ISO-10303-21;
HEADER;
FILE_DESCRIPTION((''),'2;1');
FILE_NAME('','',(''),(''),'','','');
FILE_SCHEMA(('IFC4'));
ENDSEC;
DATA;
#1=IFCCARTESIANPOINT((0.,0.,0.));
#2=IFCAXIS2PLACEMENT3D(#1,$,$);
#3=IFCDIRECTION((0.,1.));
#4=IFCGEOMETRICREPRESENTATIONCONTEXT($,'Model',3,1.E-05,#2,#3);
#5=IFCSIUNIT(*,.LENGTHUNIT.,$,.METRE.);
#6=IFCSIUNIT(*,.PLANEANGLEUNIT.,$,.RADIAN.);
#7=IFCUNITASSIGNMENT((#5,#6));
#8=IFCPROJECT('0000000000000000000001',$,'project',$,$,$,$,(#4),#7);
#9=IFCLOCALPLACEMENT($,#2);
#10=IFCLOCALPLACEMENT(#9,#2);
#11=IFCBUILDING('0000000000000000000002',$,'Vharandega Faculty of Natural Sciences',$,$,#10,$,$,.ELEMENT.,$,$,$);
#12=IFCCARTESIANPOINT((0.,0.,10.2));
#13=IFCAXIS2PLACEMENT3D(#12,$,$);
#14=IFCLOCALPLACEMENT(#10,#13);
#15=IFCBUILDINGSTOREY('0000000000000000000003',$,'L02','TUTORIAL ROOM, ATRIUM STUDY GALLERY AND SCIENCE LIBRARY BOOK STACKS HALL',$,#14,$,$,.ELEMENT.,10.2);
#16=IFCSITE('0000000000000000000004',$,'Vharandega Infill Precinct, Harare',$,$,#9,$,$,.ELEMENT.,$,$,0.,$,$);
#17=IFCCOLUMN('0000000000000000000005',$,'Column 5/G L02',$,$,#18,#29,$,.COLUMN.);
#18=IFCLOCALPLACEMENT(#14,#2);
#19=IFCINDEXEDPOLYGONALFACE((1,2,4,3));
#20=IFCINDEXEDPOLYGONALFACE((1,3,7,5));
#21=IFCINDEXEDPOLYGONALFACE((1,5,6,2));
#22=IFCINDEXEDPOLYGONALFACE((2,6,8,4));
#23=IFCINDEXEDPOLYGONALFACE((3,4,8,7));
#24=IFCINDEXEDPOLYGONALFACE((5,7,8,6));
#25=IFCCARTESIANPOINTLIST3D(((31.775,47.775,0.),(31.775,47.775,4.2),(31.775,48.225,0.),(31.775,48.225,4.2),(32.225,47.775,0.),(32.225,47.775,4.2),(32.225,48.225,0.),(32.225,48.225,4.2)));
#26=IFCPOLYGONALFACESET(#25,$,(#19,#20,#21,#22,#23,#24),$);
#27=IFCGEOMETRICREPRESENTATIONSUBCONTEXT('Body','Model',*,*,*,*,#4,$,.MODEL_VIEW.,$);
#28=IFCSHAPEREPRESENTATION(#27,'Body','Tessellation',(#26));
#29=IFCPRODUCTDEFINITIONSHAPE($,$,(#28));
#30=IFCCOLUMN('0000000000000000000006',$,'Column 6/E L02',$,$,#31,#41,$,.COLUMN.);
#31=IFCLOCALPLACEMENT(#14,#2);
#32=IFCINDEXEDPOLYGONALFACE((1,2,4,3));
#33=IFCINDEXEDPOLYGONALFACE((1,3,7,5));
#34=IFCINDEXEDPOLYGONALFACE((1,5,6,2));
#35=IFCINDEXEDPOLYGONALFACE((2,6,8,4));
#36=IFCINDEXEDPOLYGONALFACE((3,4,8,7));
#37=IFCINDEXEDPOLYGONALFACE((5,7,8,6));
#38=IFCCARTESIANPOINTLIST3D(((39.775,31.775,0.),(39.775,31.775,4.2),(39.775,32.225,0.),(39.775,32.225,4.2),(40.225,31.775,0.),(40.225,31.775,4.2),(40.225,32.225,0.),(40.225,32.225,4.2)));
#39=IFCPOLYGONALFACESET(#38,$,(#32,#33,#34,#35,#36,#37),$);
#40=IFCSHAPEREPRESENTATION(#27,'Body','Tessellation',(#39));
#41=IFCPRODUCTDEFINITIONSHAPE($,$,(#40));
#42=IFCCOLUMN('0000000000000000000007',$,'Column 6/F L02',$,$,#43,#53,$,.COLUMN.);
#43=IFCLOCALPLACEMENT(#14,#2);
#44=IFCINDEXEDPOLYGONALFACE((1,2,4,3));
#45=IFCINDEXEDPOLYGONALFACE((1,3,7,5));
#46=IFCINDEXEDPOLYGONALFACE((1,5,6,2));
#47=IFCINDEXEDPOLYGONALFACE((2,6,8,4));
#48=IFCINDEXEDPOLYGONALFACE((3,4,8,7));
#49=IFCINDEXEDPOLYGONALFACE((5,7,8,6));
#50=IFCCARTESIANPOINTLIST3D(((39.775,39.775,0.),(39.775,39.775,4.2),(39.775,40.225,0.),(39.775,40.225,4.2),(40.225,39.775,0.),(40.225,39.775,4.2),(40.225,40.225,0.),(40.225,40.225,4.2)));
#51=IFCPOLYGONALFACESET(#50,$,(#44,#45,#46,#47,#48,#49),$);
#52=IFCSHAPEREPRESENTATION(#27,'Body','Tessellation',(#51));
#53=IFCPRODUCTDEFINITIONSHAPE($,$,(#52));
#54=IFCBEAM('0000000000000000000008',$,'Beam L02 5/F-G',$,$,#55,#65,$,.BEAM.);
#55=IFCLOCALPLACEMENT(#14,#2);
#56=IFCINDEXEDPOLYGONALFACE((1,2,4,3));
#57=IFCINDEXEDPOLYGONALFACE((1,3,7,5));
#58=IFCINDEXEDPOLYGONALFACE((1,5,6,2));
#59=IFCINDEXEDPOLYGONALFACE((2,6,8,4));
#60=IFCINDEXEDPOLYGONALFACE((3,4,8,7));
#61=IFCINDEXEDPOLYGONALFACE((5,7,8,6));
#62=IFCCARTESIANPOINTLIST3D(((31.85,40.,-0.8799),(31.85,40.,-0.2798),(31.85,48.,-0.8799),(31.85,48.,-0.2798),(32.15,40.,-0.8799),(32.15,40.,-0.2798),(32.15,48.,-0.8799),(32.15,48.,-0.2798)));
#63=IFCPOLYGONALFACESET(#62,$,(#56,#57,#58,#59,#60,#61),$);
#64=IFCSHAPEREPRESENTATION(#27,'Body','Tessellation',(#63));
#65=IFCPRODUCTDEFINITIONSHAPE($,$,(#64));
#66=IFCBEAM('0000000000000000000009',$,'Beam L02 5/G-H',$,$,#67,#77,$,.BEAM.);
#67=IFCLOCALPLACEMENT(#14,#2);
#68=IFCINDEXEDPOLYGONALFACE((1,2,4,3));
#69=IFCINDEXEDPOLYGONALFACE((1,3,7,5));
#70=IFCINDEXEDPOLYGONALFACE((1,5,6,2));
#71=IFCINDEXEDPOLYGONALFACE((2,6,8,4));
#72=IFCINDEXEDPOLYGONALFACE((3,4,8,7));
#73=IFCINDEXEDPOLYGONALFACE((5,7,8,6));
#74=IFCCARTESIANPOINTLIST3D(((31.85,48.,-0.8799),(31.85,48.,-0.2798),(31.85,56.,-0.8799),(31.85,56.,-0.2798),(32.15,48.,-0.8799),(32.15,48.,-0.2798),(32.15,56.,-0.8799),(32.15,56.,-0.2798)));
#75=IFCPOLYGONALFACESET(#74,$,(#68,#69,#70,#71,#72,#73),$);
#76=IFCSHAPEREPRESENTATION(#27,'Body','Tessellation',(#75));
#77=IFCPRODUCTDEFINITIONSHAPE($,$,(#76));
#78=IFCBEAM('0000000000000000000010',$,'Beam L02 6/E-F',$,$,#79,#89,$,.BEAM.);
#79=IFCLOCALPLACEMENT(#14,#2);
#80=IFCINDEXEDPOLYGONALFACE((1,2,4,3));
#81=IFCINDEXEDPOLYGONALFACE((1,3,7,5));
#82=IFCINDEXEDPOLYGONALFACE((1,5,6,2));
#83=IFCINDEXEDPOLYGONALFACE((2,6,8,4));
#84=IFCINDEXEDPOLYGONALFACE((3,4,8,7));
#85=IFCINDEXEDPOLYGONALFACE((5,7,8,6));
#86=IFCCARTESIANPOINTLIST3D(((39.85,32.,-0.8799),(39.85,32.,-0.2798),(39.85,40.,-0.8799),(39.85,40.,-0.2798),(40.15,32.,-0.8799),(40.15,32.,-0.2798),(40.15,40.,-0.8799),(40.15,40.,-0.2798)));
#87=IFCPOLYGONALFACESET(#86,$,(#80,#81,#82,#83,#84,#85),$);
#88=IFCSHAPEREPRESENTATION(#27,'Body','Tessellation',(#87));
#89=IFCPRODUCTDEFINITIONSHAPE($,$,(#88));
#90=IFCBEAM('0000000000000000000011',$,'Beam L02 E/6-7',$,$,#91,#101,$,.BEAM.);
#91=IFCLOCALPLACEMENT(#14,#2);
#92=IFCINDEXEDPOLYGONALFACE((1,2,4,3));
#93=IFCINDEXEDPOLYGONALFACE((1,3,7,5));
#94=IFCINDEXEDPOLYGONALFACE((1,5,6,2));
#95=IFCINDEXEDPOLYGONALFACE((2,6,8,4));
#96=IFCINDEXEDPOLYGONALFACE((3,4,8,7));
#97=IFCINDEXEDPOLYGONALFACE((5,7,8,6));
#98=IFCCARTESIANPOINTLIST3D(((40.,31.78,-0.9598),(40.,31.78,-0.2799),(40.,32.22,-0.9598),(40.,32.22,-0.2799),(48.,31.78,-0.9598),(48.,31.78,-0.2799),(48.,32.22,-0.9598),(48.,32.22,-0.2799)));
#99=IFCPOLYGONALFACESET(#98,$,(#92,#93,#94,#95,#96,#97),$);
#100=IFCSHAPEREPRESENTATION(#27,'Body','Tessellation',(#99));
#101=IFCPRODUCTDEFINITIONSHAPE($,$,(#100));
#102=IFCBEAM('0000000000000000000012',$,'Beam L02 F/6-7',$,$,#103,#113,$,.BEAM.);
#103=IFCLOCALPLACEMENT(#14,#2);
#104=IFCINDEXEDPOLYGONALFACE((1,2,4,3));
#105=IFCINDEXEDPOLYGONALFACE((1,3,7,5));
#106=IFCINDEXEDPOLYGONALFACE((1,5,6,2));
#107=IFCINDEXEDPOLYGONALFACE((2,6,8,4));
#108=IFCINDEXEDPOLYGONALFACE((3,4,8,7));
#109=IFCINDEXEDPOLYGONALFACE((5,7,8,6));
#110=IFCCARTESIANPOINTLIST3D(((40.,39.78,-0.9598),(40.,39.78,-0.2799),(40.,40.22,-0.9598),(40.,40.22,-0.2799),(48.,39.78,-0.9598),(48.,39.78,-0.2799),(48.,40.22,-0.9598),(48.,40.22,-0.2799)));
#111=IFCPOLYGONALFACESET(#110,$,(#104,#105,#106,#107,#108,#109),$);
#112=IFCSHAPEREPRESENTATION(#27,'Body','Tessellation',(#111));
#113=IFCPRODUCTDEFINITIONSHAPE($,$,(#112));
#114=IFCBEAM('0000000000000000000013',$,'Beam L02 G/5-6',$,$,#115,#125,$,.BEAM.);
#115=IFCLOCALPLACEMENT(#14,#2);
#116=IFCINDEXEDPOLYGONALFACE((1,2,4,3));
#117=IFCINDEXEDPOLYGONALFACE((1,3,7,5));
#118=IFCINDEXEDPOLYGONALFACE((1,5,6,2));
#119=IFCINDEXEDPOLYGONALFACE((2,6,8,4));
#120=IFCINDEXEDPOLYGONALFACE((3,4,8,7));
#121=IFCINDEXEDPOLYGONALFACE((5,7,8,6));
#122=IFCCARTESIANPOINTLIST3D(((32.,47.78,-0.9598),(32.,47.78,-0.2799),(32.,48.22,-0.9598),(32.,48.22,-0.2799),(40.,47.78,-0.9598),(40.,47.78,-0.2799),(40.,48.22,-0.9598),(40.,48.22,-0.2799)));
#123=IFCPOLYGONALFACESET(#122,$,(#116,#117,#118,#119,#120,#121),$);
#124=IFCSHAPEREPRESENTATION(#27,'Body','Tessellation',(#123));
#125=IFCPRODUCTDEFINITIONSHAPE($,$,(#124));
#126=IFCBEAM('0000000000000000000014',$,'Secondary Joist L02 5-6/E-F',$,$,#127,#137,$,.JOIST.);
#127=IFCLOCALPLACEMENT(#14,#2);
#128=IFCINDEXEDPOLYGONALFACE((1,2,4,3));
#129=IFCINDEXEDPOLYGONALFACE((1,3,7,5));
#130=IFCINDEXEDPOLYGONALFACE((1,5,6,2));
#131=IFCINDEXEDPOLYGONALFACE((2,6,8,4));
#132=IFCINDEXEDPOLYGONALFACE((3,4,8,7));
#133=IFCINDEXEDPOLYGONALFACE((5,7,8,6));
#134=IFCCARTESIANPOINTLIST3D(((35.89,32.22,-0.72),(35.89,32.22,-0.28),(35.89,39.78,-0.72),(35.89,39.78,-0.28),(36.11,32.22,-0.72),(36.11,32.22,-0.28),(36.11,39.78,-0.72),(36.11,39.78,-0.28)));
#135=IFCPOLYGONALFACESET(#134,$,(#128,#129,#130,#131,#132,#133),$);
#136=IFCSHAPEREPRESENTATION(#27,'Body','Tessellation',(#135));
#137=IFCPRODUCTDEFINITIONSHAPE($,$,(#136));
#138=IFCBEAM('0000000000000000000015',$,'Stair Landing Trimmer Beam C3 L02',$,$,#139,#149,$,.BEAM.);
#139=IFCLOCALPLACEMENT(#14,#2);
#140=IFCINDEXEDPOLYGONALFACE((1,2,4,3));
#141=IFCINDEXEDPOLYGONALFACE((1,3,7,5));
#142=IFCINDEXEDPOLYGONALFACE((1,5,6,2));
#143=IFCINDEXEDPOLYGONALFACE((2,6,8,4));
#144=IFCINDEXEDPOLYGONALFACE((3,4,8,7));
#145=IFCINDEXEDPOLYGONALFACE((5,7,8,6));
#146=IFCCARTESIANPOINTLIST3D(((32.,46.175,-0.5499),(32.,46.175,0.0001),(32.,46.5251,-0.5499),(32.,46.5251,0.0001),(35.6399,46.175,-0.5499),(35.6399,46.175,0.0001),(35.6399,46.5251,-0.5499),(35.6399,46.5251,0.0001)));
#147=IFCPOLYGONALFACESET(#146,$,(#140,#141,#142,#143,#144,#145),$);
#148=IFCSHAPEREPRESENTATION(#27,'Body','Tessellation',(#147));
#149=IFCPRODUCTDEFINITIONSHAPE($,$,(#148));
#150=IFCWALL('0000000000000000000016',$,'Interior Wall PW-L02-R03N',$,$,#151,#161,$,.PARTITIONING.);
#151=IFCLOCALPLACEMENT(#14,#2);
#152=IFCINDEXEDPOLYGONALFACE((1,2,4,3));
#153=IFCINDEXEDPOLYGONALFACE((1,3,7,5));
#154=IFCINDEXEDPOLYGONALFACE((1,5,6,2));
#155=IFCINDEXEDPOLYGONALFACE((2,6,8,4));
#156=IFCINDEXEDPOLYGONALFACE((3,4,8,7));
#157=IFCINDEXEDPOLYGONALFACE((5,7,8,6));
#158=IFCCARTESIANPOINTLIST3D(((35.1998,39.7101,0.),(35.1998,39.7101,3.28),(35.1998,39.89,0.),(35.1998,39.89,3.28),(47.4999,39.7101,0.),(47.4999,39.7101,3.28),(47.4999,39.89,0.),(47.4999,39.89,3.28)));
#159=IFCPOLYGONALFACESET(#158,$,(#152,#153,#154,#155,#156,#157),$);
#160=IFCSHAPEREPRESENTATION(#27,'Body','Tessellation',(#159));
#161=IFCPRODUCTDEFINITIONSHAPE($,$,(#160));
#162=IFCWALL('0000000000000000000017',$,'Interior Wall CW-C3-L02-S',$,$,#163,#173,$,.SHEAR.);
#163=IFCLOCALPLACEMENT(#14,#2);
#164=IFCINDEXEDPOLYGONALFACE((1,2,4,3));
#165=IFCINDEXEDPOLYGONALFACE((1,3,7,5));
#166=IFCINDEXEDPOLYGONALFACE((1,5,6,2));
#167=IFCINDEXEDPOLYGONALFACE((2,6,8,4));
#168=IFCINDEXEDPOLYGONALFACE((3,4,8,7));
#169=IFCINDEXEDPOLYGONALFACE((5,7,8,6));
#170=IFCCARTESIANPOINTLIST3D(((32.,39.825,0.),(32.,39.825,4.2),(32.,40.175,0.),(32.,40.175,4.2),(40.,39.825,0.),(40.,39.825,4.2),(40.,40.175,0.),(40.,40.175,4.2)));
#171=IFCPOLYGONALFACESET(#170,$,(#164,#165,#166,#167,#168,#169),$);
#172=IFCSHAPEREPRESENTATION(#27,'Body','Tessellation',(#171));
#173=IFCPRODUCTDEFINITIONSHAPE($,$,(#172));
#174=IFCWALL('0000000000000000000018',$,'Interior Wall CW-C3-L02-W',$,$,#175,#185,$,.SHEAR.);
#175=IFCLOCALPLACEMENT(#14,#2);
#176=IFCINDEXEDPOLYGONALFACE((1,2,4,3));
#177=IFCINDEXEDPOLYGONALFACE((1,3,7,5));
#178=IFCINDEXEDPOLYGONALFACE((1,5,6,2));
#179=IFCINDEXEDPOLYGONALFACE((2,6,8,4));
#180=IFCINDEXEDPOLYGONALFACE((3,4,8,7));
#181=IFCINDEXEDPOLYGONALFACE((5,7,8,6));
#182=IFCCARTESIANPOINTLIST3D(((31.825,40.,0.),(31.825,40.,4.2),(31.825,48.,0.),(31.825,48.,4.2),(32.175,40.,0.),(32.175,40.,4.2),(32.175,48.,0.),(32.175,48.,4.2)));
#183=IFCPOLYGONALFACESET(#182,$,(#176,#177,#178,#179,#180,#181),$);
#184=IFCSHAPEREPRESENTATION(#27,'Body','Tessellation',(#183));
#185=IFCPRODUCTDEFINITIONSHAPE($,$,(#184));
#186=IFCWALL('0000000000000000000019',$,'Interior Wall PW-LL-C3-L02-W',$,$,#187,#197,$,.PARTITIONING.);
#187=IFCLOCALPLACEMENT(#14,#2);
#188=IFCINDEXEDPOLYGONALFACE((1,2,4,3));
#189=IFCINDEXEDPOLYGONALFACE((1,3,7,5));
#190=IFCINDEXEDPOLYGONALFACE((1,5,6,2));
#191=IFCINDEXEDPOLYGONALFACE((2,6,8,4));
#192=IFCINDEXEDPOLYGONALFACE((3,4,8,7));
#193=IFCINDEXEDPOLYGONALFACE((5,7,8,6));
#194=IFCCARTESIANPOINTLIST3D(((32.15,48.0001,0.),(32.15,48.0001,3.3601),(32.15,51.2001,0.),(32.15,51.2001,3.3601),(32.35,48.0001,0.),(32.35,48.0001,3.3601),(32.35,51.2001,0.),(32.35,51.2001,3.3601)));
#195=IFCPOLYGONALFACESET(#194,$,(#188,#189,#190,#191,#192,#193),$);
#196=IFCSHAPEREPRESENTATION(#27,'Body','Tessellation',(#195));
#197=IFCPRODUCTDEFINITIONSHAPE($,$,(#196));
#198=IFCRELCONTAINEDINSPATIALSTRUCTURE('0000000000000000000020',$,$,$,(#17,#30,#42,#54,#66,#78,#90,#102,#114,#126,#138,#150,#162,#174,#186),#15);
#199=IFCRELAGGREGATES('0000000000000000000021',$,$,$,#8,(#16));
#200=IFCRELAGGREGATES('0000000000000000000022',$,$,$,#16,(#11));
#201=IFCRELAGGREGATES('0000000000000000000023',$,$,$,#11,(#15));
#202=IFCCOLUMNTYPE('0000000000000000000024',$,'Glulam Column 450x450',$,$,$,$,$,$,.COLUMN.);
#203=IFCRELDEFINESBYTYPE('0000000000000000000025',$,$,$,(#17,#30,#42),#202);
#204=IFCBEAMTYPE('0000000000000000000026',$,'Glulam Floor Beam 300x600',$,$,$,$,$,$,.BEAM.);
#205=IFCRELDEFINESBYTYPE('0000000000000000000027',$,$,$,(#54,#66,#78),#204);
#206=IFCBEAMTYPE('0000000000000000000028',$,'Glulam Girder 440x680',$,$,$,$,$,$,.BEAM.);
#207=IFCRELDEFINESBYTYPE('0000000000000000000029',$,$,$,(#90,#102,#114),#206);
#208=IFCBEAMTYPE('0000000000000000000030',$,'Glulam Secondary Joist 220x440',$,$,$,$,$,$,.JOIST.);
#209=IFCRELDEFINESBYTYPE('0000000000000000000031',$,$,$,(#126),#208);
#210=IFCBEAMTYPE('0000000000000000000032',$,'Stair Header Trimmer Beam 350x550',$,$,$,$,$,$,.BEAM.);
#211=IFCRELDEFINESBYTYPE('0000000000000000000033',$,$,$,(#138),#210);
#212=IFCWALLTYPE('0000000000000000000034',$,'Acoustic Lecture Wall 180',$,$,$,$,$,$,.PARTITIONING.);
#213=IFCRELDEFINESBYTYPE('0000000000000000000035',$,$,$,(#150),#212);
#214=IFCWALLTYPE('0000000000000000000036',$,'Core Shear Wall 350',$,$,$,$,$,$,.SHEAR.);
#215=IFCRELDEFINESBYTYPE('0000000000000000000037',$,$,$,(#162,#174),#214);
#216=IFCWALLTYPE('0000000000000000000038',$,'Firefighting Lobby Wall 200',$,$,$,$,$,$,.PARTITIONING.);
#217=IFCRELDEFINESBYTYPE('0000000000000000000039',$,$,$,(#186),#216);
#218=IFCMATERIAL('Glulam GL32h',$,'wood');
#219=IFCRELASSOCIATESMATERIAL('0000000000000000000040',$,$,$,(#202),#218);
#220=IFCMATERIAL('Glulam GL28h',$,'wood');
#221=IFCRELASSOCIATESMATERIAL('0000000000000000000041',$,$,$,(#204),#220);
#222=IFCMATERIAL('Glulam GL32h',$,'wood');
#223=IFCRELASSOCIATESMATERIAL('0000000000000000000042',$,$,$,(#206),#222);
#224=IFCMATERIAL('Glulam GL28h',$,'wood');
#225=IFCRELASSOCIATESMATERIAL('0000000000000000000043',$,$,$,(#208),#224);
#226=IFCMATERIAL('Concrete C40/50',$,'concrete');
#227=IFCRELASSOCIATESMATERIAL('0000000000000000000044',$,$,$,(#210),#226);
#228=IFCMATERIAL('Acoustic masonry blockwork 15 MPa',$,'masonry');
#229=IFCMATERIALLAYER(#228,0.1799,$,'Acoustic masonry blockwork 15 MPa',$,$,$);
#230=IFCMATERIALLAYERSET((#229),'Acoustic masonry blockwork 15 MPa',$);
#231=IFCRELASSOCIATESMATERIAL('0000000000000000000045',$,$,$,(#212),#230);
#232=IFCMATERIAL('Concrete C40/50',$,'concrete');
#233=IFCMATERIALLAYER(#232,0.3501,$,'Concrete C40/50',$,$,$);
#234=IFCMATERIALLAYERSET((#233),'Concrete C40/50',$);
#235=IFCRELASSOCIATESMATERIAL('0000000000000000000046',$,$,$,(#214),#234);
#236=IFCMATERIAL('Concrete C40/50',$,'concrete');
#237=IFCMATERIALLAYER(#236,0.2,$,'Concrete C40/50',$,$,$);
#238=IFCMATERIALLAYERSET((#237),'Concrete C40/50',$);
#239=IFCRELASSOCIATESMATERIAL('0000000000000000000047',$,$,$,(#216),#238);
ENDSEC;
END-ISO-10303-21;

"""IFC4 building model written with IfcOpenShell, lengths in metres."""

from ifc_helpers import new_model, si_unit, direction, frame, frame_2d, origin, origin_2d, place, context, subcontext, project, spatial, rectangle, extrude, material, layer, layer_set, material_profile, profile_set, type_object, element, save


model = new_model("IFC4")

# Units and contexts
model_context = context("Model", 3, precision=1e-05, world=origin(), true_north=direction((0.0, 1.0)))
body_context = subcontext(model_context, "Body", "Model", "MODEL_VIEW")
ifc_project = project(units=[si_unit("LENGTHUNIT", "METRE"), si_unit("PLANEANGLEUNIT", "RADIAN")], contexts=[model_context])

# Site, building, storey
site_placement = place(None, origin())
site = spatial("IfcSite", under=ifc_project, at=site_placement, Name="Vharandega Infill Precinct, Harare", CompositionType="ELEMENT", RefElevation=0.0)
building_placement = place(site_placement, origin())
building = spatial("IfcBuilding", under=site, at=building_placement, Name="Vharandega Faculty of Natural Sciences", CompositionType="ELEMENT")
storey_placement = place(building_placement, frame((0.0, 0.0, 10.2)))
storey = spatial("IfcBuildingStorey", under=building, at=storey_placement, Name="L02", Description="TUTORIAL ROOM, ATRIUM STUDY GALLERY AND SCIENCE LIBRARY BOOK STACKS HALL", CompositionType="ELEMENT", Elevation=10.2)

# Columns
ifc_material_1 = material(Name="Glulam GL32h", Category="wood")
ifc_material_profile_1 = material_profile(ifc_material_1, rectangle(XDim=0.45, YDim=0.45, at=origin_2d()), Name="GL32h 450x450")
ifc_profile_set_1 = profile_set([ifc_material_profile_1], Name="Glulam GL32h")
column_type = type_object("IfcColumnType", Name="Glulam Column 450x450", PredefinedType="COLUMN", material=ifc_profile_set_1)
for number, where, z_axis, x_axis, name in (
    (1, (32.0, 48.0, 0.0), (0.0, 0.0, 1.0), (1.0, 0.0, 0.0), "Column 5/G L02"),
    (2, (40.0, 32.0, 0.0), (0.0, 0.0, 1.0), (1.0, 0.0, 0.0), "Column 6/E L02"),
    (3, (40.0, 40.0, 0.0), (0.0, 0.0, 1.0), (1.0, 0.0, 0.0), "Column 6/F L02"),
):
    element("IfcColumn", number, at=place(storey_placement, frame(where, z_axis=z_axis, x_axis=x_axis)), inside=storey, type_object=column_type, Name=name, PredefinedType="COLUMN", context=body_context, shape_type="SweptSolid", body=[
        extrude(rectangle(XDim=0.45, YDim=0.45, at=origin_2d()), origin(), (0.0, 0.0, 1.0), 4.2),
    ])

# Beams
ifc_material_2 = material(Name="Glulam GL28h", Category="wood")
ifc_material_profile_2 = material_profile(ifc_material_2, rectangle(XDim=0.3, YDim=0.6001, at=origin_2d()), Name="GL28h 300x600")
ifc_profile_set_2 = profile_set([ifc_material_profile_2], Name="Glulam GL28h")
beam_type_1 = type_object("IfcBeamType", Name="Glulam Floor Beam 300x600", PredefinedType="BEAM", material=ifc_profile_set_2)
for number, where, z_axis, x_axis, name in (
    (4, (32.0, 40.0, -0.5798), (0.0, 1.0, 0.0), (-1.0, 0.0, 0.0), "Beam L02 5/F-G"),
    (5, (32.0, 48.0, -0.5798), (0.0, 1.0, 0.0), (-1.0, 0.0, 0.0), "Beam L02 5/G-H"),
    (6, (40.0, 32.0, -0.5798), (0.0, 1.0, 0.0), (-1.0, 0.0, 0.0), "Beam L02 6/E-F"),
):
    element("IfcBeam", number, at=place(storey_placement, frame(where, z_axis=z_axis, x_axis=x_axis)), inside=storey, type_object=beam_type_1, Name=name, PredefinedType="BEAM", context=body_context, shape_type="SweptSolid", body=[
        extrude(rectangle(XDim=0.3, YDim=0.6001, at=origin_2d()), origin(), (0.0, 0.0, 1.0), 8.0),
    ])
ifc_material_3 = material(Name="Glulam GL32h", Category="wood")
ifc_material_profile_3 = material_profile(ifc_material_3, rectangle(XDim=0.4399, YDim=0.6799, at=origin_2d()), Name="GL32h 440x680")
ifc_profile_set_3 = profile_set([ifc_material_profile_3], Name="Glulam GL32h")
beam_type_2 = type_object("IfcBeamType", Name="Glulam Girder 440x680", PredefinedType="BEAM", material=ifc_profile_set_3)
for number, where, z_axis, x_axis, name in (
    (7, (40.0, 32.0, -0.6199), (1.0, 0.0, 0.0), (0.0, 1.0, 0.0), "Beam L02 E/6-7"),
    (8, (40.0, 40.0, -0.6199), (1.0, 0.0, 0.0), (0.0, 1.0, 0.0), "Beam L02 F/6-7"),
    (9, (32.0, 48.0, -0.6199), (1.0, 0.0, 0.0), (0.0, 1.0, 0.0), "Beam L02 G/5-6"),
):
    element("IfcBeam", number, at=place(storey_placement, frame(where, z_axis=z_axis, x_axis=x_axis)), inside=storey, type_object=beam_type_2, Name=name, PredefinedType="BEAM", context=body_context, shape_type="SweptSolid", body=[
        extrude(rectangle(XDim=0.4399, YDim=0.6799, at=origin_2d()), origin(), (0.0, 0.0, 1.0), 8.0),
    ])
ifc_material_4 = material(Name="Glulam GL28h", Category="wood")
ifc_material_profile_4 = material_profile(ifc_material_4, rectangle(XDim=0.22, YDim=0.4399, at=origin_2d()), Name="GL28h 220x440")
ifc_profile_set_4 = profile_set([ifc_material_profile_4], Name="Glulam GL28h")
beam_type_3 = type_object("IfcBeamType", Name="Glulam Secondary Joist 220x440", PredefinedType="JOIST", material=ifc_profile_set_4)
beam_1_placement = place(storey_placement, frame((36.0, 32.22, -0.5), z_axis=(0.0, 1.0, 0.0), x_axis=(-1.0, 0.0, 0.0)))
element("IfcBeam", 10, at=beam_1_placement, inside=storey, type_object=beam_type_3, Name="Secondary Joist L02 5-6/E-F", PredefinedType="JOIST", context=body_context, shape_type="SweptSolid", body=[
    extrude(rectangle(XDim=0.22, YDim=0.4399, at=origin_2d()), origin(), (0.0, 0.0, 1.0), 7.5601),
])
ifc_material_5 = material(Name="Concrete C40/50", Category="concrete")
ifc_material_profile_5 = material_profile(ifc_material_5, rectangle(XDim=0.3501, YDim=0.55, at=origin_2d()), Name="RC 350x550")
ifc_profile_set_5 = profile_set([ifc_material_profile_5], Name="Concrete C40/50")
beam_type_4 = type_object("IfcBeamType", Name="Stair Header Trimmer Beam 350x550", PredefinedType="BEAM", material=ifc_profile_set_5)
beam_2_placement = place(storey_placement, frame((32.0, 46.3501, -0.2749), z_axis=(1.0, 0.0, 0.0), x_axis=(0.0, 1.0, 0.0)))
element("IfcBeam", 11, at=beam_2_placement, inside=storey, type_object=beam_type_4, Name="Stair Landing Trimmer Beam C3 L02", PredefinedType="BEAM", context=body_context, shape_type="SweptSolid", body=[
    extrude(rectangle(XDim=0.3501, YDim=0.55, at=origin_2d()), origin(), (0.0, 0.0, 1.0), 3.6399),
])

# Walls
ifc_material_6 = material(Name="Acoustic masonry blockwork 15 MPa", Category="masonry")
ifc_layer_1 = layer(ifc_material_6, 0.1799, Name="Acoustic masonry blockwork 15 MPa")
ifc_layer_set_1 = layer_set([ifc_layer_1], Name="Acoustic masonry blockwork 15 MPa")
wall_type_1 = type_object("IfcWallType", Name="Acoustic Lecture Wall 180", PredefinedType="PARTITIONING", material=ifc_layer_set_1)
wall_1_placement = place(storey_placement, frame((35.2, 39.8, 0.0), z_axis=(0.0, 0.0, 1.0), x_axis=(1.0, 0.0, 0.0)))
element("IfcWall", 12, at=wall_1_placement, inside=storey, type_object=wall_type_1, Name="Interior Wall PW-L02-R03N", PredefinedType="PARTITIONING", context=body_context, shape_type="SweptSolid", body=[
    extrude(rectangle(XDim=12.3, YDim=0.1799, at=frame_2d((6.1499, 0.0))), origin(), (0.0, 0.0, 1.0), 3.28),
])
ifc_material_7 = material(Name="Concrete C40/50", Category="concrete")
ifc_layer_2 = layer(ifc_material_7, 0.3501, Name="Concrete C40/50")
ifc_layer_set_2 = layer_set([ifc_layer_2], Name="Concrete C40/50")
wall_type_2 = type_object("IfcWallType", Name="Core Shear Wall 350", PredefinedType="SHEAR", material=ifc_layer_set_2)
for number, where, z_axis, x_axis, name in (
    (13, (32.0, 40.0, 0.0), (0.0, 0.0, 1.0), (1.0, 0.0, 0.0), "Interior Wall CW-C3-L02-S"),
    (14, (32.0, 40.0, 0.0), (0.0, 0.0, 1.0), (0.0, 1.0, 0.0), "Interior Wall CW-C3-L02-W"),
):
    element("IfcWall", number, at=place(storey_placement, frame(where, z_axis=z_axis, x_axis=x_axis)), inside=storey, type_object=wall_type_2, Name=name, PredefinedType="SHEAR", context=body_context, shape_type="SweptSolid", body=[
        extrude(rectangle(XDim=8.0, YDim=0.3501, at=frame_2d((4.0, 0.0))), origin(), (0.0, 0.0, 1.0), 4.2),
    ])

# Wall
ifc_material_8 = material(Name="Concrete C40/50", Category="concrete")
ifc_layer_3 = layer(ifc_material_8, 0.2, Name="Concrete C40/50")
ifc_layer_set_3 = layer_set([ifc_layer_3], Name="Concrete C40/50")
wall_type_3 = type_object("IfcWallType", Name="Firefighting Lobby Wall 200", PredefinedType="PARTITIONING", material=ifc_layer_set_3)
wall_2_placement = place(storey_placement, frame((32.25, 48.0, 0.0), z_axis=(0.0, 0.0, 1.0), x_axis=(0.0, 1.0, 0.0)))
element("IfcWall", 15, at=wall_2_placement, inside=storey, type_object=wall_type_3, Name="Interior Wall PW-LL-C3-L02-W", PredefinedType="PARTITIONING", context=body_context, shape_type="SweptSolid", body=[
    extrude(rectangle(XDim=3.2, YDim=0.2, at=frame_2d((1.6001, 0.0))), origin(), (0.0, 0.0, 1.0), 3.3601),
])

save(model, "model.ifc")
